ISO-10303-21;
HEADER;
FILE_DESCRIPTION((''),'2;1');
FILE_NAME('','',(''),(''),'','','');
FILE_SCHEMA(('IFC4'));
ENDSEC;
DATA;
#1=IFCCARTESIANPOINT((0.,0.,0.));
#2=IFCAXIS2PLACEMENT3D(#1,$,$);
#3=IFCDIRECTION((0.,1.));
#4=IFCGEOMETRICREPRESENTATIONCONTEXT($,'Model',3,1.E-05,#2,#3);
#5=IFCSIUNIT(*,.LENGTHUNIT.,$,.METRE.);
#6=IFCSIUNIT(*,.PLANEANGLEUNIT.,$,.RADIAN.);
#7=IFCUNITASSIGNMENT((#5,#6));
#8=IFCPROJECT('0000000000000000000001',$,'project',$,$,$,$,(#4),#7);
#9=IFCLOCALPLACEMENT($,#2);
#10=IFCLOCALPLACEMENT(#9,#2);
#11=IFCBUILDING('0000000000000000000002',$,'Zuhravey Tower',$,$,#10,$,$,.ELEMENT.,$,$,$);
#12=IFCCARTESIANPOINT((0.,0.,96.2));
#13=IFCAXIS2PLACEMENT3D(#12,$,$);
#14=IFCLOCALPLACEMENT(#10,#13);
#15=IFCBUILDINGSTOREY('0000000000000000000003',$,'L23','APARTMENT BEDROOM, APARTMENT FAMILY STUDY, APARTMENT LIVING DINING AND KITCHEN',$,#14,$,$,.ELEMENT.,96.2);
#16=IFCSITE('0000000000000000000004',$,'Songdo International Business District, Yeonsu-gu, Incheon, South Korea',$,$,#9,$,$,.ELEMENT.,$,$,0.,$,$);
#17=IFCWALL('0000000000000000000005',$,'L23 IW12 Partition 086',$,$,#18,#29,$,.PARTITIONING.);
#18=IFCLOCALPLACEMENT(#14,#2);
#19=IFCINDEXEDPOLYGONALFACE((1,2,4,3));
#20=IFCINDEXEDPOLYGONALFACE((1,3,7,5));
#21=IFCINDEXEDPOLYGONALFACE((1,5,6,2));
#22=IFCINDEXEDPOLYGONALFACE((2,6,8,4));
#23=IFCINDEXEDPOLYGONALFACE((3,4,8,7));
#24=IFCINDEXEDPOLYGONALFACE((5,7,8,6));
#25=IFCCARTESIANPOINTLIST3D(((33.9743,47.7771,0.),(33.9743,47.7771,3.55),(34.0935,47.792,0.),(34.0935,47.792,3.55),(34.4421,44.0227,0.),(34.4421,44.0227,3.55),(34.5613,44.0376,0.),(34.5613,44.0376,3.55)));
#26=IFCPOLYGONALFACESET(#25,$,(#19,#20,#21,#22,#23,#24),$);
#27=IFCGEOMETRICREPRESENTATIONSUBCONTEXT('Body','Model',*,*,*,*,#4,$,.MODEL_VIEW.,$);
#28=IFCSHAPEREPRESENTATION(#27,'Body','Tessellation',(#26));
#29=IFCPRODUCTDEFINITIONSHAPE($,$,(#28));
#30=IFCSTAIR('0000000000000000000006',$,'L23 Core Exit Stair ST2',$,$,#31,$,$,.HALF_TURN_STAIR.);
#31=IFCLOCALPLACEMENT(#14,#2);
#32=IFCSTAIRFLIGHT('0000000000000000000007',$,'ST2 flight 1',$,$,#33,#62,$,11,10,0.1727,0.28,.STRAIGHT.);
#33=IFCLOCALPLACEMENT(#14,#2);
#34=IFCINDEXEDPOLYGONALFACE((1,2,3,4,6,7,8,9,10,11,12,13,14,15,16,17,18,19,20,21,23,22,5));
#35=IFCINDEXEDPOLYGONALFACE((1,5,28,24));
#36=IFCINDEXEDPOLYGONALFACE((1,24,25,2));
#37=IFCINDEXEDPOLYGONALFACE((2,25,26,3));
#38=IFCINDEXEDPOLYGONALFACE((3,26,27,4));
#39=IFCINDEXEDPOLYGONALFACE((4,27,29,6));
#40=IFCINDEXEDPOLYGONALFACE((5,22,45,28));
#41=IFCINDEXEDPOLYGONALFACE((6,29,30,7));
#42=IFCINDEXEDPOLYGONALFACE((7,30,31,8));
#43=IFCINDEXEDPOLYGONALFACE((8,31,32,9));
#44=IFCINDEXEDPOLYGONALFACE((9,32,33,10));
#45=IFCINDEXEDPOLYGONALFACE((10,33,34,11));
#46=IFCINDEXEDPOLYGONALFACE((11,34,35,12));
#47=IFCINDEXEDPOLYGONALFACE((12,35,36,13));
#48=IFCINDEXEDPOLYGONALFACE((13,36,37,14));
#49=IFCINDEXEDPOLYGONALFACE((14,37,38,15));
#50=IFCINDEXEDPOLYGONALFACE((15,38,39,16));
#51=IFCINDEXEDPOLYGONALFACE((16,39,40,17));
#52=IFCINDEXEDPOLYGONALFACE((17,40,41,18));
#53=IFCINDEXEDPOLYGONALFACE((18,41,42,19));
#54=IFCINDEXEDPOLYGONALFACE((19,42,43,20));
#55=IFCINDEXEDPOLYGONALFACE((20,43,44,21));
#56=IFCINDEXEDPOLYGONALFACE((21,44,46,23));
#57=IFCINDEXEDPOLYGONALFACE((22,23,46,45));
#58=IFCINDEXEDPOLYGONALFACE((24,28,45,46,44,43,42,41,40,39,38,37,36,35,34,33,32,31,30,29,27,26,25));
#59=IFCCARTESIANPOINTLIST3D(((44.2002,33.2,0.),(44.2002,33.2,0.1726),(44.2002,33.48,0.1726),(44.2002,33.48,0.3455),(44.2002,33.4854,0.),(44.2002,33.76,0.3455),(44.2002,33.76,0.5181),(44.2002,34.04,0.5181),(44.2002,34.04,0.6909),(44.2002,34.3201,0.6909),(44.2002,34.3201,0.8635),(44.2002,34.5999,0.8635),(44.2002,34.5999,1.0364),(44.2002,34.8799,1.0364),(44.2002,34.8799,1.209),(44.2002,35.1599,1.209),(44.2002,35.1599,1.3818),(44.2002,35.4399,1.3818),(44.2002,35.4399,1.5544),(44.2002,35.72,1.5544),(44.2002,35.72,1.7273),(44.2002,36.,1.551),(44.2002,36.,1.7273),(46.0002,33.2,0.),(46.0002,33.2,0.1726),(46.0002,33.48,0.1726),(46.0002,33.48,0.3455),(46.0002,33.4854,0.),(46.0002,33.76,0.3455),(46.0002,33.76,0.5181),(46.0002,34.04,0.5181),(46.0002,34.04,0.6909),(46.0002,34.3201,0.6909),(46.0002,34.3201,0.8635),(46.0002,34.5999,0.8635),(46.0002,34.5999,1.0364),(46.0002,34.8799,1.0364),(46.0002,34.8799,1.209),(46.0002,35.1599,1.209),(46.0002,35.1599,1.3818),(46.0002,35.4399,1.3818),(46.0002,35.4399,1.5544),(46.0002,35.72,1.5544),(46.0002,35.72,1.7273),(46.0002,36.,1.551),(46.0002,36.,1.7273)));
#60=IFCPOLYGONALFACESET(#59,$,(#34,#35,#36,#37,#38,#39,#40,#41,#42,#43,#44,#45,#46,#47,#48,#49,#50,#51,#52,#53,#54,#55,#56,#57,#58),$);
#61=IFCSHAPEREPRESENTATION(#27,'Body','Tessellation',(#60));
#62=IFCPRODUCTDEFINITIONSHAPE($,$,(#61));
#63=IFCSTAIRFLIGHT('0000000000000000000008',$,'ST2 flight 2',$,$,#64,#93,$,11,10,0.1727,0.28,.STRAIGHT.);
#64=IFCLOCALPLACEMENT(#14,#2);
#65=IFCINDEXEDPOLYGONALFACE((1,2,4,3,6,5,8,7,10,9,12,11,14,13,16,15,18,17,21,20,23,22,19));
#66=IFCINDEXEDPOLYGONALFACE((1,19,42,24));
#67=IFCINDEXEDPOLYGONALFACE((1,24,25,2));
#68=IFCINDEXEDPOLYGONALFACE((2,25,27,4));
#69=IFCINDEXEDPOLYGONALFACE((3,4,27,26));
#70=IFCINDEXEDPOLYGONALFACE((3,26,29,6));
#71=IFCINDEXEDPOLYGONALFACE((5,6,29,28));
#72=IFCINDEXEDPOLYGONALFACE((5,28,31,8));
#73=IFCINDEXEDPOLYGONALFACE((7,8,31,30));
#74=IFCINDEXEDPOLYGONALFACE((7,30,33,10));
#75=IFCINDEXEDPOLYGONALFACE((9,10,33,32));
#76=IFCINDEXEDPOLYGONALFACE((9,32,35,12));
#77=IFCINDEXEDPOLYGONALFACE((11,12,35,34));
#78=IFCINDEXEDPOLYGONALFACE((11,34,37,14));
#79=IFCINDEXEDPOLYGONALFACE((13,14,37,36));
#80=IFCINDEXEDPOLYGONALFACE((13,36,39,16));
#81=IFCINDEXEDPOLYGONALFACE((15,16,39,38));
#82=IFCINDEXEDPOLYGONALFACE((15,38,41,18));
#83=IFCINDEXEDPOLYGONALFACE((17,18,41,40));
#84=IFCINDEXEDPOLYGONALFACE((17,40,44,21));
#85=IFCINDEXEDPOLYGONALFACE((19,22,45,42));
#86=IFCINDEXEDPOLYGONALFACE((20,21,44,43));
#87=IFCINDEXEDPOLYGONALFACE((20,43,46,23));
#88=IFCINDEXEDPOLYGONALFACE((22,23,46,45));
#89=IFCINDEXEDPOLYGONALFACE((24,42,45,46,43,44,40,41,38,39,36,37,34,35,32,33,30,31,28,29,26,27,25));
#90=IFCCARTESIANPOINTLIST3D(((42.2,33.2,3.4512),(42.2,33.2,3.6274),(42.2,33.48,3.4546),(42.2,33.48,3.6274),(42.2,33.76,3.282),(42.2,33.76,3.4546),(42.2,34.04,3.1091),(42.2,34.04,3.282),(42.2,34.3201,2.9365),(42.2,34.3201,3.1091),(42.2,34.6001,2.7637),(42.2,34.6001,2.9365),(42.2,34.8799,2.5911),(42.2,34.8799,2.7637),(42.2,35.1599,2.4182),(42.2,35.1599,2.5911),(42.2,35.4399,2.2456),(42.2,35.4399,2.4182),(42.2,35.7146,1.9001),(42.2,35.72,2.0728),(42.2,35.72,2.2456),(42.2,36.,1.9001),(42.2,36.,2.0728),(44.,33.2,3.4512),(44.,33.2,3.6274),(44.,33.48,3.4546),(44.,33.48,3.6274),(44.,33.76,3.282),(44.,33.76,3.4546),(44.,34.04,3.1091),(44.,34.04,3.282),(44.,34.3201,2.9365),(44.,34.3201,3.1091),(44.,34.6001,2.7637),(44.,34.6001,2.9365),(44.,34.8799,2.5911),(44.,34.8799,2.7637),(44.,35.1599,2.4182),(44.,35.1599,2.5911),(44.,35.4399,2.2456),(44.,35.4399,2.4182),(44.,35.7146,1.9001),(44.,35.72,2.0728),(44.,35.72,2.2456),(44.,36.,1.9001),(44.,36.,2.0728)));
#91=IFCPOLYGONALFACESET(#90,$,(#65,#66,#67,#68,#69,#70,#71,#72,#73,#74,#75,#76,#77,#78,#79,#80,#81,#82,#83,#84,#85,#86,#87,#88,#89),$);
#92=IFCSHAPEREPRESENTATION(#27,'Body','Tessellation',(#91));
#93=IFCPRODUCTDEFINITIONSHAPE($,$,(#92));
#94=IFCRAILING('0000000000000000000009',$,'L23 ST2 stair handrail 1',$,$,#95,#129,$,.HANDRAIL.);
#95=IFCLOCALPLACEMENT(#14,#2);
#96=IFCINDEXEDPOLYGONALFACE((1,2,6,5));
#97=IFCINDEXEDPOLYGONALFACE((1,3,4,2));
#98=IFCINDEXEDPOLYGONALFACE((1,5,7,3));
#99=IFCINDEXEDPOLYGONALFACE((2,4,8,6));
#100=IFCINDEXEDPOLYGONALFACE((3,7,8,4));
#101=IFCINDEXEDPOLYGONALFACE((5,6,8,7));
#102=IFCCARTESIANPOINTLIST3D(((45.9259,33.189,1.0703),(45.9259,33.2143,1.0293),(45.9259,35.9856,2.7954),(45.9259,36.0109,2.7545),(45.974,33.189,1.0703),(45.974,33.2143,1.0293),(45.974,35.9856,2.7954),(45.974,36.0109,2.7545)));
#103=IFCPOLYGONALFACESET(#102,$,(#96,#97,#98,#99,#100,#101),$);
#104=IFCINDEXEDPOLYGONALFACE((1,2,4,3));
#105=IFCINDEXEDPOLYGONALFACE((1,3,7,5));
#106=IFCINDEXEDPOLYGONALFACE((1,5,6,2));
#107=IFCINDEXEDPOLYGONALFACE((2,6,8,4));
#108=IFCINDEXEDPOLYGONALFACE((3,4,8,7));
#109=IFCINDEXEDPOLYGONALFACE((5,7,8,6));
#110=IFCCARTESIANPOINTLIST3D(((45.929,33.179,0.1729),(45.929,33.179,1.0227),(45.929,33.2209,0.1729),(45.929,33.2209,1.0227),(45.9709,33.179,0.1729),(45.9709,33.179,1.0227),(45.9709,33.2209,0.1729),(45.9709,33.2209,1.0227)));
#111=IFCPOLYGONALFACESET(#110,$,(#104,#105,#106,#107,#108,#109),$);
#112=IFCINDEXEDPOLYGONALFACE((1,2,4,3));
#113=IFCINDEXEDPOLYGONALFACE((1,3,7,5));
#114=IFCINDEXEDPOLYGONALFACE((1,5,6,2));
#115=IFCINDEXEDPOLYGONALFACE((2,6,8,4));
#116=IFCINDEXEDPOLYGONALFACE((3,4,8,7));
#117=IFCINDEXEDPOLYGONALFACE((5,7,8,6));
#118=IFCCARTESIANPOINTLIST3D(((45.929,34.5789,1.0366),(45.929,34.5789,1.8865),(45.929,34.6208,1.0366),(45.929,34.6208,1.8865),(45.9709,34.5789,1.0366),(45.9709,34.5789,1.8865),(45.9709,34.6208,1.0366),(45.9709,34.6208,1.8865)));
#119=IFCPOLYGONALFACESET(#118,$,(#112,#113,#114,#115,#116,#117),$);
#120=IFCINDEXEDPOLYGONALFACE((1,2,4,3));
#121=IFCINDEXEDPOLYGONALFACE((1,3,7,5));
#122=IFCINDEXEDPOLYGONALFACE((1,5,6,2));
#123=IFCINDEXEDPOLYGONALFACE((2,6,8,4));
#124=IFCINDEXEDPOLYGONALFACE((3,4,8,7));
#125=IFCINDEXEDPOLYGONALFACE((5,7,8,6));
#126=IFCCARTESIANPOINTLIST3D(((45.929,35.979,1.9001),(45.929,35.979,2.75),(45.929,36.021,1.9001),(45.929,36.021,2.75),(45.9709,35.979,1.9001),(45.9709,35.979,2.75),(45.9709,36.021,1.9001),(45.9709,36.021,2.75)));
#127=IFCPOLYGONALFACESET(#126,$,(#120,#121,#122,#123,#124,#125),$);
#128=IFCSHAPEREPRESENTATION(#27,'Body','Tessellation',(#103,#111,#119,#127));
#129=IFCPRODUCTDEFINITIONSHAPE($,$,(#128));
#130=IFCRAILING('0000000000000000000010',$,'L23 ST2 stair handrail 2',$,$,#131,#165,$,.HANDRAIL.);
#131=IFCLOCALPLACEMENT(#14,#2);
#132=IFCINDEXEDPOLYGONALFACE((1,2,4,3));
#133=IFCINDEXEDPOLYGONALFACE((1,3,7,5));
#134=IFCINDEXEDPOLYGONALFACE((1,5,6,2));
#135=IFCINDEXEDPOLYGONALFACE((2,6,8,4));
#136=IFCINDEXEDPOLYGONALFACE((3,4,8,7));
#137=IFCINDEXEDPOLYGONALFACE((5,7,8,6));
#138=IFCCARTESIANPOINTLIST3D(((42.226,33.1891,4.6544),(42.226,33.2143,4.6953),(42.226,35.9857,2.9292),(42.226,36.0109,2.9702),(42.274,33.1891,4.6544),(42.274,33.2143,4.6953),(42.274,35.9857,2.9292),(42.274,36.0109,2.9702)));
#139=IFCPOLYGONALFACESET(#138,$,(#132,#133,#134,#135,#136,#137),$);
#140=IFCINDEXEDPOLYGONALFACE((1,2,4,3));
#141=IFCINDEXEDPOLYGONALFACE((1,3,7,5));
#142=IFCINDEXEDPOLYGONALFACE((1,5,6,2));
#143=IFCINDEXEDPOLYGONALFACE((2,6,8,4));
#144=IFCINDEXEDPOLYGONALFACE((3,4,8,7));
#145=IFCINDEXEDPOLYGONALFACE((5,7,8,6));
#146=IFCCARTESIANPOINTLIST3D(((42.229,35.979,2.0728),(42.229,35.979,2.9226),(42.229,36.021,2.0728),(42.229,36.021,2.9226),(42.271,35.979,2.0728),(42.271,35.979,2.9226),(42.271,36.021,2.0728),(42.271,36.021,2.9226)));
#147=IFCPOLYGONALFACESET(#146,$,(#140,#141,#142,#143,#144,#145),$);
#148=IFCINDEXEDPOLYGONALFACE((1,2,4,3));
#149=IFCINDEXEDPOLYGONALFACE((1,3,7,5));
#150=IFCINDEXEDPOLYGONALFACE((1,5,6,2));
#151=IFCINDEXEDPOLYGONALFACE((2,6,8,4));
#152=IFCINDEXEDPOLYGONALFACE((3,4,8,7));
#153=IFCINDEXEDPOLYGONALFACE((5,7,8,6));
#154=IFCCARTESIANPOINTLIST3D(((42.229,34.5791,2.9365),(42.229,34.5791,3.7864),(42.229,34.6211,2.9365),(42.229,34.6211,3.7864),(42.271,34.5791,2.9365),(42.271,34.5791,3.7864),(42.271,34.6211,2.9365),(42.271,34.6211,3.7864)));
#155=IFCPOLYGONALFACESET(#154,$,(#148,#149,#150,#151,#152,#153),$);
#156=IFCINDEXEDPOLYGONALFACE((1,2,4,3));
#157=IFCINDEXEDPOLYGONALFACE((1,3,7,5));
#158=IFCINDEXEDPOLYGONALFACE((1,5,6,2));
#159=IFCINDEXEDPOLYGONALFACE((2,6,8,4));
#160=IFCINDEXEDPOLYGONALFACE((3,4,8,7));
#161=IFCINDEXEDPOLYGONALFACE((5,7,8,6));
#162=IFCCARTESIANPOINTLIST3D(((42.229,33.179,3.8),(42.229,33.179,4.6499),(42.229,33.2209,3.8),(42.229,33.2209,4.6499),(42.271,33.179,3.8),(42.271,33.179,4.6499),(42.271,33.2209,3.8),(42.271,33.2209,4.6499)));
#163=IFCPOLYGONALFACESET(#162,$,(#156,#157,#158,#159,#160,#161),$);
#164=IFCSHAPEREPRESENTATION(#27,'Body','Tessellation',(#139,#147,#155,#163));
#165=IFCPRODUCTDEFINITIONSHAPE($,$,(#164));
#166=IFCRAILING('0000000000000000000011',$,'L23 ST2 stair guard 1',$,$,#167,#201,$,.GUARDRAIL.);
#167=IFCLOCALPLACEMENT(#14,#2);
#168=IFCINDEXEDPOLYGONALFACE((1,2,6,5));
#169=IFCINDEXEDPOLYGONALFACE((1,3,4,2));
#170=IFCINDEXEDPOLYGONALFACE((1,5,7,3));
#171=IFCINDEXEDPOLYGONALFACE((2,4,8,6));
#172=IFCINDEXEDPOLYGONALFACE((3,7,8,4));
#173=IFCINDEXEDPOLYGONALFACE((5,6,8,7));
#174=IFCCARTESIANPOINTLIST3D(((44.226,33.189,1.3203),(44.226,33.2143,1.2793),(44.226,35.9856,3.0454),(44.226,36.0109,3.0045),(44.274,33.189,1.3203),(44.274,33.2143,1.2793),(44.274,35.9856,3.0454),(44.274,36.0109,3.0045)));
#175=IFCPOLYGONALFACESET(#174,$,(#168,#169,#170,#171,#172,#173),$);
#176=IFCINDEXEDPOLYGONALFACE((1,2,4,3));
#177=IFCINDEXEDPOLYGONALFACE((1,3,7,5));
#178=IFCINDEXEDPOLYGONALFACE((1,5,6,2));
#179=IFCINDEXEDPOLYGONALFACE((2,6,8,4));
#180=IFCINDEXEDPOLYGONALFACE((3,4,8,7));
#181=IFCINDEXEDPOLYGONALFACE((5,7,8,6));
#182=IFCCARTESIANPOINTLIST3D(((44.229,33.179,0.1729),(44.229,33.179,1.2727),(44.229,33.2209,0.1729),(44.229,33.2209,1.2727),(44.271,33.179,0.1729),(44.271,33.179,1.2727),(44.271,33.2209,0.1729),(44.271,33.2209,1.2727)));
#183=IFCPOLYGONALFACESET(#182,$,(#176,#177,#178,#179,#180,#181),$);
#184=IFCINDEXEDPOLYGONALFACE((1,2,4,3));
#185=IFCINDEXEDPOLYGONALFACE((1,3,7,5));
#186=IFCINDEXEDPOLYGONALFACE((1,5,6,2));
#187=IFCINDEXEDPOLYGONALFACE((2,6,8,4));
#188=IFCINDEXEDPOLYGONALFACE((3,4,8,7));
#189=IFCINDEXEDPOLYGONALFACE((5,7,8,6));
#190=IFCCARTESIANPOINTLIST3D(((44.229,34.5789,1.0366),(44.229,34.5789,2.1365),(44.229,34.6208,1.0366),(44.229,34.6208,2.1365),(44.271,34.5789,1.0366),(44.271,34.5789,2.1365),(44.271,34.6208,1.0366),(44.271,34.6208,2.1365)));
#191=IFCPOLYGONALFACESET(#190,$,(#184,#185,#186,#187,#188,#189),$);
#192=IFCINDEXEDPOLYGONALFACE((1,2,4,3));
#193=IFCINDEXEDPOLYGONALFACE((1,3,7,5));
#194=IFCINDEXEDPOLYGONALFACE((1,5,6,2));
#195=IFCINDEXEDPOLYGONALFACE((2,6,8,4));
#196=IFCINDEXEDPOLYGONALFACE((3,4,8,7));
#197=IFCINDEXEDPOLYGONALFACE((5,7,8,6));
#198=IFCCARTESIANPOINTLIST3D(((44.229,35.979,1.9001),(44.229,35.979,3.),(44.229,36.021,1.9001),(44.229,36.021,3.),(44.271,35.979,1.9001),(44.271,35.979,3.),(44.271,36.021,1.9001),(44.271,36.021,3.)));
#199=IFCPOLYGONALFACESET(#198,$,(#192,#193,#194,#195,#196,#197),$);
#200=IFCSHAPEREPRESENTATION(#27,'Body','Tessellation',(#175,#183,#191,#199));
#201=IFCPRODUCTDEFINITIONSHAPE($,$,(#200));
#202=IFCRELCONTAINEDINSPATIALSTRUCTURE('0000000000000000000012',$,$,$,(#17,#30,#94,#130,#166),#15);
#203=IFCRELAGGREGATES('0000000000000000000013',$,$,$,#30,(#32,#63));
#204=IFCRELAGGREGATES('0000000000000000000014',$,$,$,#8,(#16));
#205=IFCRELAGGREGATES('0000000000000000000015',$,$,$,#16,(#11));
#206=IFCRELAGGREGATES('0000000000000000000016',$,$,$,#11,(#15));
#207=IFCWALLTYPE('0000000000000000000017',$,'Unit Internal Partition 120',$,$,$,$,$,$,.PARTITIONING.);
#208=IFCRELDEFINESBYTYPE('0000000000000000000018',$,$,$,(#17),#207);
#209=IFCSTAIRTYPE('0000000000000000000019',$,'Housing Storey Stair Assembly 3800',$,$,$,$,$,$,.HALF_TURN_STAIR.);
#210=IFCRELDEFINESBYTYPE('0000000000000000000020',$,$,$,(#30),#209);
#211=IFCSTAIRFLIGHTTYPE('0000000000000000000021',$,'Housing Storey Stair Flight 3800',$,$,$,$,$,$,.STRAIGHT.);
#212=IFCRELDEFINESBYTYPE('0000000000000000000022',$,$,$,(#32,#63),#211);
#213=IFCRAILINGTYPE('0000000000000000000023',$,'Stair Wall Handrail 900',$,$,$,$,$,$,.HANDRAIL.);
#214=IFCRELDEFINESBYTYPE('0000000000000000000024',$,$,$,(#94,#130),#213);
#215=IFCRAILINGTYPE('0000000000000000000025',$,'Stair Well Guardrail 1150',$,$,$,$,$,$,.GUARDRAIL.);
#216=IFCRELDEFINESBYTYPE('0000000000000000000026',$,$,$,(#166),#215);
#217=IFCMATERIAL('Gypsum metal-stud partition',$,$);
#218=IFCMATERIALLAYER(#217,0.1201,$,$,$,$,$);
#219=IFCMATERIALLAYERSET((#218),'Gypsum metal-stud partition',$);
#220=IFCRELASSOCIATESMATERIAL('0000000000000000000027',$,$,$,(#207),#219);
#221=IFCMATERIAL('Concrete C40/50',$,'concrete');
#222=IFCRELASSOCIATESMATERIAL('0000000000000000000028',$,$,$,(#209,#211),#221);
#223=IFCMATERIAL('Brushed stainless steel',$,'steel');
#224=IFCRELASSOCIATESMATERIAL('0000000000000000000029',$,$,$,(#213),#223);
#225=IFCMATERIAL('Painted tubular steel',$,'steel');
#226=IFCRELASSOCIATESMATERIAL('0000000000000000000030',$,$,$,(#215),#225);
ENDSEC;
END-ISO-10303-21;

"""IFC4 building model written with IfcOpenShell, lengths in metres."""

from ifc_helpers import new_model, si_unit, direction, frame, frame_2d, origin, origin_2d, place, context, subcontext, project, spatial, polyline, rectangle, outline, extrude, material, layer, layer_set, type_object, element, aggregate, save


model = new_model("IFC4")

# Units and contexts
model_context = context("Model", 3, precision=1e-05, world=origin(), true_north=direction((0.0, 1.0)))
body_context = subcontext(model_context, "Body", "Model", "MODEL_VIEW")
ifc_project = project(units=[si_unit("LENGTHUNIT", "METRE"), si_unit("PLANEANGLEUNIT", "RADIAN")], contexts=[model_context])

# Site, building, storey
site_placement = place(None, origin())
site = spatial("IfcSite", under=ifc_project, at=site_placement, Name="Songdo International Business District, Yeonsu-gu, Incheon, South Korea", CompositionType="ELEMENT", RefElevation=0.0)
building_placement = place(site_placement, origin())
building = spatial("IfcBuilding", under=site, at=building_placement, Name="Zuhravey Tower", CompositionType="ELEMENT")
storey_placement = place(building_placement, frame((0.0, 0.0, 96.2)))
storey = spatial("IfcBuildingStorey", under=building, at=storey_placement, Name="L23", Description="APARTMENT BEDROOM, APARTMENT FAMILY STUDY, APARTMENT LIVING DINING AND KITCHEN", CompositionType="ELEMENT", Elevation=96.2)

# Wall
ifc_material_1 = material(Name="Gypsum metal-stud partition")
ifc_layer_1 = layer(ifc_material_1, 0.1201)
ifc_layer_set_1 = layer_set([ifc_layer_1], Name="Gypsum metal-stud partition")
wall_type_1 = type_object("IfcWallType", Name="Unit Internal Partition 120", PredefinedType="PARTITIONING", material=ifc_layer_set_1)
wall_1_placement = place(storey_placement, frame((34.5017, 44.0303, 0.0), z_axis=(0.0, 0.0, 1.0), x_axis=(-0.123638, 0.992327, 0.0)))
element("IfcWall", 1, at=wall_1_placement, inside=storey, type_object=wall_type_1, Name="L23 IW12 Partition 086", PredefinedType="PARTITIONING", context=body_context, shape_type="SweptSolid", body=[
    extrude(rectangle(XDim=3.7834, YDim=0.1201, at=frame_2d((1.8916, 0.0))), origin(), (0.0, 0.0, 1.0), 3.55),
])

# Stair, stair flights
ifc_material_2 = material(Name="Concrete C40/50", Category="concrete")
stair_type = type_object("IfcStairType", Name="Housing Storey Stair Assembly 3800", PredefinedType="HALF_TURN_STAIR", material=ifc_material_2)
stair_placement = place(storey_placement, origin())
stair = element("IfcStair", 2, at=stair_placement, inside=storey, type_object=stair_type, Name="L23 Core Exit Stair ST2", PredefinedType="HALF_TURN_STAIR")
stair_flight_type = type_object("IfcStairFlightType", Name="Housing Storey Stair Flight 3800", PredefinedType="STRAIGHT", material=ifc_material_2)
stair_flight_1_placement = place(storey_placement, frame((45.1001, 33.2, 0.0), z_axis=(0.0, 0.0, 1.0), x_axis=(0.0, 1.0, 0.0)))
stair_flight_1 = element("IfcStairFlight", 3, at=stair_flight_1_placement, type_object=stair_flight_type, Name="ST2 flight 1", NumberOfRisers=11, NumberOfTreads=10, PredefinedType="STRAIGHT", RiserHeight=0.1727, TreadLength=0.28, context=body_context, shape_type="SweptSolid", body=[
    extrude(outline(polyline([(0.0, 0.0), (0.0, 0.1726), (0.28, 0.1726), (0.28, 0.3455), (0.5601, 0.3455), (0.5601, 0.5181), (0.8401, 0.5181), (0.8401, 0.6909), (1.1201, 0.6909), (1.1201, 0.8635), (1.3999, 0.8635), (1.3999, 1.0364), (1.6799, 1.0364), (1.6799, 1.209), (1.96, 1.209), (1.96, 1.3818), (2.24, 1.3818), (2.24, 1.5544), (2.52, 1.5544), (2.52, 1.7273), (2.8, 1.7273), (2.8, 1.8999), (2.8, 1.551), (0.2854, 0.0), (0.0, 0.0)])), frame((0.0, 0.8999, 0.0), z_axis=(0.0, -1.0, 0.0), x_axis=(1.0, 0.0, 0.0)), (0.0, 0.0, 1.0), 1.8),
])
stair_flight_2_placement = place(storey_placement, frame((43.1001, 36.0, 1.9001), z_axis=(0.0, 0.0, 1.0), x_axis=(0.0, -1.0, 0.0)))
stair_flight_2 = element("IfcStairFlight", 4, at=stair_flight_2_placement, type_object=stair_flight_type, Name="ST2 flight 2", NumberOfRisers=11, NumberOfTreads=10, PredefinedType="STRAIGHT", RiserHeight=0.1727, TreadLength=0.28, context=body_context, shape_type="SweptSolid", body=[
    extrude(outline(polyline([(0.0, 0.0), (0.0, 0.1726), (0.28, 0.1726), (0.28, 0.3455), (0.5601, 0.3455), (0.5601, 0.5181), (0.8401, 0.5181), (0.8401, 0.6909), (1.1201, 0.6909), (1.1201, 0.8635), (1.3999, 0.8635), (1.3999, 1.0364), (1.6799, 1.0364), (1.6799, 1.209), (1.96, 1.209), (1.96, 1.3818), (2.24, 1.3818), (2.24, 1.5544), (2.52, 1.5544), (2.52, 1.7273), (2.8, 1.7273), (2.8, 1.8999), (2.8, 1.551), (0.2854, 0.0), (0.0, 0.0)])), frame((0.0, 0.8999, 0.0), z_axis=(0.0, -1.0, 0.0), x_axis=(1.0, 0.0, 0.0)), (0.0, 0.0, 1.0), 1.8),
])
aggregate(stair, [stair_flight_1, stair_flight_2])

# Railings
ifc_material_3 = material(Name="Brushed stainless steel", Category="steel")
railing_type_1 = type_object("IfcRailingType", Name="Stair Wall Handrail 900", PredefinedType="HANDRAIL", material=ifc_material_3)
railing_1_placement = place(storey_placement, frame((45.95, 33.2, 0.1729)))
element("IfcRailing", 5, at=railing_1_placement, inside=storey, type_object=railing_type_1, Name="L23 ST2 stair handrail 1", PredefinedType="HANDRAIL", context=body_context, shape_type="SweptSolid", body=[
    extrude(rectangle(XDim=0.0481, YDim=0.0481, at=origin_2d()), frame((0.0, 0.0017, 0.877), z_axis=(0.0, 0.85109, 0.52502), x_axis=(-1.0, 0.0, 0.0)), (0.0, 0.0, 1.0), 3.2859),
    extrude(rectangle(XDim=0.042, YDim=0.042, at=origin_2d()), origin(), (0.0, 0.0, 1.0), 0.8499),
    extrude(rectangle(XDim=0.042, YDim=0.042, at=origin_2d()), frame((0.0, 1.3999, 0.8638)), (0.0, 0.0, 1.0), 0.8499),
    extrude(rectangle(XDim=0.042, YDim=0.042, at=origin_2d()), frame((0.0, 2.8, 1.7273)), (0.0, 0.0, 1.0), 0.8499),
])
railing_2_placement = place(storey_placement, frame((42.25, 36.0, 2.0728)))
element("IfcRailing", 6, at=railing_2_placement, inside=storey, type_object=railing_type_1, Name="L23 ST2 stair handrail 2", PredefinedType="HANDRAIL", context=body_context, shape_type="SweptSolid", body=[
    extrude(rectangle(XDim=0.0481, YDim=0.0481, at=origin_2d()), frame((0.0, -0.0017, 0.877), z_axis=(0.0, -0.85109, 0.52502), x_axis=(1.0, 0.0, 0.0)), (0.0, 0.0, 1.0), 3.2859),
    extrude(rectangle(XDim=0.042, YDim=0.042, at=origin_2d()), origin(), (0.0, 0.0, 1.0), 0.8499),
    extrude(rectangle(XDim=0.042, YDim=0.042, at=origin_2d()), frame((0.0, -1.3999, 0.8638)), (0.0, 0.0, 1.0), 0.8499),
    extrude(rectangle(XDim=0.042, YDim=0.042, at=origin_2d()), frame((0.0, -2.8, 1.7273)), (0.0, 0.0, 1.0), 0.8499),
])
ifc_material_4 = material(Name="Painted tubular steel", Category="steel")
railing_type_2 = type_object("IfcRailingType", Name="Stair Well Guardrail 1150", PredefinedType="GUARDRAIL", material=ifc_material_4)
railing_3_placement = place(storey_placement, frame((44.25, 33.2, 0.1729)))
element("IfcRailing", 7, at=railing_3_placement, inside=storey, type_object=railing_type_2, Name="L23 ST2 stair guard 1", PredefinedType="GUARDRAIL", context=body_context, shape_type="SweptSolid", body=[
    extrude(rectangle(XDim=0.0481, YDim=0.0481, at=origin_2d()), frame((0.0, 0.0017, 1.127), z_axis=(0.0, 0.85109, 0.52502), x_axis=(-1.0, 0.0, 0.0)), (0.0, 0.0, 1.0), 3.2859),
    extrude(rectangle(XDim=0.042, YDim=0.042, at=origin_2d()), origin(), (0.0, 0.0, 1.0), 1.0999),
    extrude(rectangle(XDim=0.042, YDim=0.042, at=origin_2d()), frame((0.0, 1.3999, 0.8638)), (0.0, 0.0, 1.0), 1.0999),
    extrude(rectangle(XDim=0.042, YDim=0.042, at=origin_2d()), frame((0.0, 2.8, 1.7273)), (0.0, 0.0, 1.0), 1.0999),
])

save(model, "model.ifc")
